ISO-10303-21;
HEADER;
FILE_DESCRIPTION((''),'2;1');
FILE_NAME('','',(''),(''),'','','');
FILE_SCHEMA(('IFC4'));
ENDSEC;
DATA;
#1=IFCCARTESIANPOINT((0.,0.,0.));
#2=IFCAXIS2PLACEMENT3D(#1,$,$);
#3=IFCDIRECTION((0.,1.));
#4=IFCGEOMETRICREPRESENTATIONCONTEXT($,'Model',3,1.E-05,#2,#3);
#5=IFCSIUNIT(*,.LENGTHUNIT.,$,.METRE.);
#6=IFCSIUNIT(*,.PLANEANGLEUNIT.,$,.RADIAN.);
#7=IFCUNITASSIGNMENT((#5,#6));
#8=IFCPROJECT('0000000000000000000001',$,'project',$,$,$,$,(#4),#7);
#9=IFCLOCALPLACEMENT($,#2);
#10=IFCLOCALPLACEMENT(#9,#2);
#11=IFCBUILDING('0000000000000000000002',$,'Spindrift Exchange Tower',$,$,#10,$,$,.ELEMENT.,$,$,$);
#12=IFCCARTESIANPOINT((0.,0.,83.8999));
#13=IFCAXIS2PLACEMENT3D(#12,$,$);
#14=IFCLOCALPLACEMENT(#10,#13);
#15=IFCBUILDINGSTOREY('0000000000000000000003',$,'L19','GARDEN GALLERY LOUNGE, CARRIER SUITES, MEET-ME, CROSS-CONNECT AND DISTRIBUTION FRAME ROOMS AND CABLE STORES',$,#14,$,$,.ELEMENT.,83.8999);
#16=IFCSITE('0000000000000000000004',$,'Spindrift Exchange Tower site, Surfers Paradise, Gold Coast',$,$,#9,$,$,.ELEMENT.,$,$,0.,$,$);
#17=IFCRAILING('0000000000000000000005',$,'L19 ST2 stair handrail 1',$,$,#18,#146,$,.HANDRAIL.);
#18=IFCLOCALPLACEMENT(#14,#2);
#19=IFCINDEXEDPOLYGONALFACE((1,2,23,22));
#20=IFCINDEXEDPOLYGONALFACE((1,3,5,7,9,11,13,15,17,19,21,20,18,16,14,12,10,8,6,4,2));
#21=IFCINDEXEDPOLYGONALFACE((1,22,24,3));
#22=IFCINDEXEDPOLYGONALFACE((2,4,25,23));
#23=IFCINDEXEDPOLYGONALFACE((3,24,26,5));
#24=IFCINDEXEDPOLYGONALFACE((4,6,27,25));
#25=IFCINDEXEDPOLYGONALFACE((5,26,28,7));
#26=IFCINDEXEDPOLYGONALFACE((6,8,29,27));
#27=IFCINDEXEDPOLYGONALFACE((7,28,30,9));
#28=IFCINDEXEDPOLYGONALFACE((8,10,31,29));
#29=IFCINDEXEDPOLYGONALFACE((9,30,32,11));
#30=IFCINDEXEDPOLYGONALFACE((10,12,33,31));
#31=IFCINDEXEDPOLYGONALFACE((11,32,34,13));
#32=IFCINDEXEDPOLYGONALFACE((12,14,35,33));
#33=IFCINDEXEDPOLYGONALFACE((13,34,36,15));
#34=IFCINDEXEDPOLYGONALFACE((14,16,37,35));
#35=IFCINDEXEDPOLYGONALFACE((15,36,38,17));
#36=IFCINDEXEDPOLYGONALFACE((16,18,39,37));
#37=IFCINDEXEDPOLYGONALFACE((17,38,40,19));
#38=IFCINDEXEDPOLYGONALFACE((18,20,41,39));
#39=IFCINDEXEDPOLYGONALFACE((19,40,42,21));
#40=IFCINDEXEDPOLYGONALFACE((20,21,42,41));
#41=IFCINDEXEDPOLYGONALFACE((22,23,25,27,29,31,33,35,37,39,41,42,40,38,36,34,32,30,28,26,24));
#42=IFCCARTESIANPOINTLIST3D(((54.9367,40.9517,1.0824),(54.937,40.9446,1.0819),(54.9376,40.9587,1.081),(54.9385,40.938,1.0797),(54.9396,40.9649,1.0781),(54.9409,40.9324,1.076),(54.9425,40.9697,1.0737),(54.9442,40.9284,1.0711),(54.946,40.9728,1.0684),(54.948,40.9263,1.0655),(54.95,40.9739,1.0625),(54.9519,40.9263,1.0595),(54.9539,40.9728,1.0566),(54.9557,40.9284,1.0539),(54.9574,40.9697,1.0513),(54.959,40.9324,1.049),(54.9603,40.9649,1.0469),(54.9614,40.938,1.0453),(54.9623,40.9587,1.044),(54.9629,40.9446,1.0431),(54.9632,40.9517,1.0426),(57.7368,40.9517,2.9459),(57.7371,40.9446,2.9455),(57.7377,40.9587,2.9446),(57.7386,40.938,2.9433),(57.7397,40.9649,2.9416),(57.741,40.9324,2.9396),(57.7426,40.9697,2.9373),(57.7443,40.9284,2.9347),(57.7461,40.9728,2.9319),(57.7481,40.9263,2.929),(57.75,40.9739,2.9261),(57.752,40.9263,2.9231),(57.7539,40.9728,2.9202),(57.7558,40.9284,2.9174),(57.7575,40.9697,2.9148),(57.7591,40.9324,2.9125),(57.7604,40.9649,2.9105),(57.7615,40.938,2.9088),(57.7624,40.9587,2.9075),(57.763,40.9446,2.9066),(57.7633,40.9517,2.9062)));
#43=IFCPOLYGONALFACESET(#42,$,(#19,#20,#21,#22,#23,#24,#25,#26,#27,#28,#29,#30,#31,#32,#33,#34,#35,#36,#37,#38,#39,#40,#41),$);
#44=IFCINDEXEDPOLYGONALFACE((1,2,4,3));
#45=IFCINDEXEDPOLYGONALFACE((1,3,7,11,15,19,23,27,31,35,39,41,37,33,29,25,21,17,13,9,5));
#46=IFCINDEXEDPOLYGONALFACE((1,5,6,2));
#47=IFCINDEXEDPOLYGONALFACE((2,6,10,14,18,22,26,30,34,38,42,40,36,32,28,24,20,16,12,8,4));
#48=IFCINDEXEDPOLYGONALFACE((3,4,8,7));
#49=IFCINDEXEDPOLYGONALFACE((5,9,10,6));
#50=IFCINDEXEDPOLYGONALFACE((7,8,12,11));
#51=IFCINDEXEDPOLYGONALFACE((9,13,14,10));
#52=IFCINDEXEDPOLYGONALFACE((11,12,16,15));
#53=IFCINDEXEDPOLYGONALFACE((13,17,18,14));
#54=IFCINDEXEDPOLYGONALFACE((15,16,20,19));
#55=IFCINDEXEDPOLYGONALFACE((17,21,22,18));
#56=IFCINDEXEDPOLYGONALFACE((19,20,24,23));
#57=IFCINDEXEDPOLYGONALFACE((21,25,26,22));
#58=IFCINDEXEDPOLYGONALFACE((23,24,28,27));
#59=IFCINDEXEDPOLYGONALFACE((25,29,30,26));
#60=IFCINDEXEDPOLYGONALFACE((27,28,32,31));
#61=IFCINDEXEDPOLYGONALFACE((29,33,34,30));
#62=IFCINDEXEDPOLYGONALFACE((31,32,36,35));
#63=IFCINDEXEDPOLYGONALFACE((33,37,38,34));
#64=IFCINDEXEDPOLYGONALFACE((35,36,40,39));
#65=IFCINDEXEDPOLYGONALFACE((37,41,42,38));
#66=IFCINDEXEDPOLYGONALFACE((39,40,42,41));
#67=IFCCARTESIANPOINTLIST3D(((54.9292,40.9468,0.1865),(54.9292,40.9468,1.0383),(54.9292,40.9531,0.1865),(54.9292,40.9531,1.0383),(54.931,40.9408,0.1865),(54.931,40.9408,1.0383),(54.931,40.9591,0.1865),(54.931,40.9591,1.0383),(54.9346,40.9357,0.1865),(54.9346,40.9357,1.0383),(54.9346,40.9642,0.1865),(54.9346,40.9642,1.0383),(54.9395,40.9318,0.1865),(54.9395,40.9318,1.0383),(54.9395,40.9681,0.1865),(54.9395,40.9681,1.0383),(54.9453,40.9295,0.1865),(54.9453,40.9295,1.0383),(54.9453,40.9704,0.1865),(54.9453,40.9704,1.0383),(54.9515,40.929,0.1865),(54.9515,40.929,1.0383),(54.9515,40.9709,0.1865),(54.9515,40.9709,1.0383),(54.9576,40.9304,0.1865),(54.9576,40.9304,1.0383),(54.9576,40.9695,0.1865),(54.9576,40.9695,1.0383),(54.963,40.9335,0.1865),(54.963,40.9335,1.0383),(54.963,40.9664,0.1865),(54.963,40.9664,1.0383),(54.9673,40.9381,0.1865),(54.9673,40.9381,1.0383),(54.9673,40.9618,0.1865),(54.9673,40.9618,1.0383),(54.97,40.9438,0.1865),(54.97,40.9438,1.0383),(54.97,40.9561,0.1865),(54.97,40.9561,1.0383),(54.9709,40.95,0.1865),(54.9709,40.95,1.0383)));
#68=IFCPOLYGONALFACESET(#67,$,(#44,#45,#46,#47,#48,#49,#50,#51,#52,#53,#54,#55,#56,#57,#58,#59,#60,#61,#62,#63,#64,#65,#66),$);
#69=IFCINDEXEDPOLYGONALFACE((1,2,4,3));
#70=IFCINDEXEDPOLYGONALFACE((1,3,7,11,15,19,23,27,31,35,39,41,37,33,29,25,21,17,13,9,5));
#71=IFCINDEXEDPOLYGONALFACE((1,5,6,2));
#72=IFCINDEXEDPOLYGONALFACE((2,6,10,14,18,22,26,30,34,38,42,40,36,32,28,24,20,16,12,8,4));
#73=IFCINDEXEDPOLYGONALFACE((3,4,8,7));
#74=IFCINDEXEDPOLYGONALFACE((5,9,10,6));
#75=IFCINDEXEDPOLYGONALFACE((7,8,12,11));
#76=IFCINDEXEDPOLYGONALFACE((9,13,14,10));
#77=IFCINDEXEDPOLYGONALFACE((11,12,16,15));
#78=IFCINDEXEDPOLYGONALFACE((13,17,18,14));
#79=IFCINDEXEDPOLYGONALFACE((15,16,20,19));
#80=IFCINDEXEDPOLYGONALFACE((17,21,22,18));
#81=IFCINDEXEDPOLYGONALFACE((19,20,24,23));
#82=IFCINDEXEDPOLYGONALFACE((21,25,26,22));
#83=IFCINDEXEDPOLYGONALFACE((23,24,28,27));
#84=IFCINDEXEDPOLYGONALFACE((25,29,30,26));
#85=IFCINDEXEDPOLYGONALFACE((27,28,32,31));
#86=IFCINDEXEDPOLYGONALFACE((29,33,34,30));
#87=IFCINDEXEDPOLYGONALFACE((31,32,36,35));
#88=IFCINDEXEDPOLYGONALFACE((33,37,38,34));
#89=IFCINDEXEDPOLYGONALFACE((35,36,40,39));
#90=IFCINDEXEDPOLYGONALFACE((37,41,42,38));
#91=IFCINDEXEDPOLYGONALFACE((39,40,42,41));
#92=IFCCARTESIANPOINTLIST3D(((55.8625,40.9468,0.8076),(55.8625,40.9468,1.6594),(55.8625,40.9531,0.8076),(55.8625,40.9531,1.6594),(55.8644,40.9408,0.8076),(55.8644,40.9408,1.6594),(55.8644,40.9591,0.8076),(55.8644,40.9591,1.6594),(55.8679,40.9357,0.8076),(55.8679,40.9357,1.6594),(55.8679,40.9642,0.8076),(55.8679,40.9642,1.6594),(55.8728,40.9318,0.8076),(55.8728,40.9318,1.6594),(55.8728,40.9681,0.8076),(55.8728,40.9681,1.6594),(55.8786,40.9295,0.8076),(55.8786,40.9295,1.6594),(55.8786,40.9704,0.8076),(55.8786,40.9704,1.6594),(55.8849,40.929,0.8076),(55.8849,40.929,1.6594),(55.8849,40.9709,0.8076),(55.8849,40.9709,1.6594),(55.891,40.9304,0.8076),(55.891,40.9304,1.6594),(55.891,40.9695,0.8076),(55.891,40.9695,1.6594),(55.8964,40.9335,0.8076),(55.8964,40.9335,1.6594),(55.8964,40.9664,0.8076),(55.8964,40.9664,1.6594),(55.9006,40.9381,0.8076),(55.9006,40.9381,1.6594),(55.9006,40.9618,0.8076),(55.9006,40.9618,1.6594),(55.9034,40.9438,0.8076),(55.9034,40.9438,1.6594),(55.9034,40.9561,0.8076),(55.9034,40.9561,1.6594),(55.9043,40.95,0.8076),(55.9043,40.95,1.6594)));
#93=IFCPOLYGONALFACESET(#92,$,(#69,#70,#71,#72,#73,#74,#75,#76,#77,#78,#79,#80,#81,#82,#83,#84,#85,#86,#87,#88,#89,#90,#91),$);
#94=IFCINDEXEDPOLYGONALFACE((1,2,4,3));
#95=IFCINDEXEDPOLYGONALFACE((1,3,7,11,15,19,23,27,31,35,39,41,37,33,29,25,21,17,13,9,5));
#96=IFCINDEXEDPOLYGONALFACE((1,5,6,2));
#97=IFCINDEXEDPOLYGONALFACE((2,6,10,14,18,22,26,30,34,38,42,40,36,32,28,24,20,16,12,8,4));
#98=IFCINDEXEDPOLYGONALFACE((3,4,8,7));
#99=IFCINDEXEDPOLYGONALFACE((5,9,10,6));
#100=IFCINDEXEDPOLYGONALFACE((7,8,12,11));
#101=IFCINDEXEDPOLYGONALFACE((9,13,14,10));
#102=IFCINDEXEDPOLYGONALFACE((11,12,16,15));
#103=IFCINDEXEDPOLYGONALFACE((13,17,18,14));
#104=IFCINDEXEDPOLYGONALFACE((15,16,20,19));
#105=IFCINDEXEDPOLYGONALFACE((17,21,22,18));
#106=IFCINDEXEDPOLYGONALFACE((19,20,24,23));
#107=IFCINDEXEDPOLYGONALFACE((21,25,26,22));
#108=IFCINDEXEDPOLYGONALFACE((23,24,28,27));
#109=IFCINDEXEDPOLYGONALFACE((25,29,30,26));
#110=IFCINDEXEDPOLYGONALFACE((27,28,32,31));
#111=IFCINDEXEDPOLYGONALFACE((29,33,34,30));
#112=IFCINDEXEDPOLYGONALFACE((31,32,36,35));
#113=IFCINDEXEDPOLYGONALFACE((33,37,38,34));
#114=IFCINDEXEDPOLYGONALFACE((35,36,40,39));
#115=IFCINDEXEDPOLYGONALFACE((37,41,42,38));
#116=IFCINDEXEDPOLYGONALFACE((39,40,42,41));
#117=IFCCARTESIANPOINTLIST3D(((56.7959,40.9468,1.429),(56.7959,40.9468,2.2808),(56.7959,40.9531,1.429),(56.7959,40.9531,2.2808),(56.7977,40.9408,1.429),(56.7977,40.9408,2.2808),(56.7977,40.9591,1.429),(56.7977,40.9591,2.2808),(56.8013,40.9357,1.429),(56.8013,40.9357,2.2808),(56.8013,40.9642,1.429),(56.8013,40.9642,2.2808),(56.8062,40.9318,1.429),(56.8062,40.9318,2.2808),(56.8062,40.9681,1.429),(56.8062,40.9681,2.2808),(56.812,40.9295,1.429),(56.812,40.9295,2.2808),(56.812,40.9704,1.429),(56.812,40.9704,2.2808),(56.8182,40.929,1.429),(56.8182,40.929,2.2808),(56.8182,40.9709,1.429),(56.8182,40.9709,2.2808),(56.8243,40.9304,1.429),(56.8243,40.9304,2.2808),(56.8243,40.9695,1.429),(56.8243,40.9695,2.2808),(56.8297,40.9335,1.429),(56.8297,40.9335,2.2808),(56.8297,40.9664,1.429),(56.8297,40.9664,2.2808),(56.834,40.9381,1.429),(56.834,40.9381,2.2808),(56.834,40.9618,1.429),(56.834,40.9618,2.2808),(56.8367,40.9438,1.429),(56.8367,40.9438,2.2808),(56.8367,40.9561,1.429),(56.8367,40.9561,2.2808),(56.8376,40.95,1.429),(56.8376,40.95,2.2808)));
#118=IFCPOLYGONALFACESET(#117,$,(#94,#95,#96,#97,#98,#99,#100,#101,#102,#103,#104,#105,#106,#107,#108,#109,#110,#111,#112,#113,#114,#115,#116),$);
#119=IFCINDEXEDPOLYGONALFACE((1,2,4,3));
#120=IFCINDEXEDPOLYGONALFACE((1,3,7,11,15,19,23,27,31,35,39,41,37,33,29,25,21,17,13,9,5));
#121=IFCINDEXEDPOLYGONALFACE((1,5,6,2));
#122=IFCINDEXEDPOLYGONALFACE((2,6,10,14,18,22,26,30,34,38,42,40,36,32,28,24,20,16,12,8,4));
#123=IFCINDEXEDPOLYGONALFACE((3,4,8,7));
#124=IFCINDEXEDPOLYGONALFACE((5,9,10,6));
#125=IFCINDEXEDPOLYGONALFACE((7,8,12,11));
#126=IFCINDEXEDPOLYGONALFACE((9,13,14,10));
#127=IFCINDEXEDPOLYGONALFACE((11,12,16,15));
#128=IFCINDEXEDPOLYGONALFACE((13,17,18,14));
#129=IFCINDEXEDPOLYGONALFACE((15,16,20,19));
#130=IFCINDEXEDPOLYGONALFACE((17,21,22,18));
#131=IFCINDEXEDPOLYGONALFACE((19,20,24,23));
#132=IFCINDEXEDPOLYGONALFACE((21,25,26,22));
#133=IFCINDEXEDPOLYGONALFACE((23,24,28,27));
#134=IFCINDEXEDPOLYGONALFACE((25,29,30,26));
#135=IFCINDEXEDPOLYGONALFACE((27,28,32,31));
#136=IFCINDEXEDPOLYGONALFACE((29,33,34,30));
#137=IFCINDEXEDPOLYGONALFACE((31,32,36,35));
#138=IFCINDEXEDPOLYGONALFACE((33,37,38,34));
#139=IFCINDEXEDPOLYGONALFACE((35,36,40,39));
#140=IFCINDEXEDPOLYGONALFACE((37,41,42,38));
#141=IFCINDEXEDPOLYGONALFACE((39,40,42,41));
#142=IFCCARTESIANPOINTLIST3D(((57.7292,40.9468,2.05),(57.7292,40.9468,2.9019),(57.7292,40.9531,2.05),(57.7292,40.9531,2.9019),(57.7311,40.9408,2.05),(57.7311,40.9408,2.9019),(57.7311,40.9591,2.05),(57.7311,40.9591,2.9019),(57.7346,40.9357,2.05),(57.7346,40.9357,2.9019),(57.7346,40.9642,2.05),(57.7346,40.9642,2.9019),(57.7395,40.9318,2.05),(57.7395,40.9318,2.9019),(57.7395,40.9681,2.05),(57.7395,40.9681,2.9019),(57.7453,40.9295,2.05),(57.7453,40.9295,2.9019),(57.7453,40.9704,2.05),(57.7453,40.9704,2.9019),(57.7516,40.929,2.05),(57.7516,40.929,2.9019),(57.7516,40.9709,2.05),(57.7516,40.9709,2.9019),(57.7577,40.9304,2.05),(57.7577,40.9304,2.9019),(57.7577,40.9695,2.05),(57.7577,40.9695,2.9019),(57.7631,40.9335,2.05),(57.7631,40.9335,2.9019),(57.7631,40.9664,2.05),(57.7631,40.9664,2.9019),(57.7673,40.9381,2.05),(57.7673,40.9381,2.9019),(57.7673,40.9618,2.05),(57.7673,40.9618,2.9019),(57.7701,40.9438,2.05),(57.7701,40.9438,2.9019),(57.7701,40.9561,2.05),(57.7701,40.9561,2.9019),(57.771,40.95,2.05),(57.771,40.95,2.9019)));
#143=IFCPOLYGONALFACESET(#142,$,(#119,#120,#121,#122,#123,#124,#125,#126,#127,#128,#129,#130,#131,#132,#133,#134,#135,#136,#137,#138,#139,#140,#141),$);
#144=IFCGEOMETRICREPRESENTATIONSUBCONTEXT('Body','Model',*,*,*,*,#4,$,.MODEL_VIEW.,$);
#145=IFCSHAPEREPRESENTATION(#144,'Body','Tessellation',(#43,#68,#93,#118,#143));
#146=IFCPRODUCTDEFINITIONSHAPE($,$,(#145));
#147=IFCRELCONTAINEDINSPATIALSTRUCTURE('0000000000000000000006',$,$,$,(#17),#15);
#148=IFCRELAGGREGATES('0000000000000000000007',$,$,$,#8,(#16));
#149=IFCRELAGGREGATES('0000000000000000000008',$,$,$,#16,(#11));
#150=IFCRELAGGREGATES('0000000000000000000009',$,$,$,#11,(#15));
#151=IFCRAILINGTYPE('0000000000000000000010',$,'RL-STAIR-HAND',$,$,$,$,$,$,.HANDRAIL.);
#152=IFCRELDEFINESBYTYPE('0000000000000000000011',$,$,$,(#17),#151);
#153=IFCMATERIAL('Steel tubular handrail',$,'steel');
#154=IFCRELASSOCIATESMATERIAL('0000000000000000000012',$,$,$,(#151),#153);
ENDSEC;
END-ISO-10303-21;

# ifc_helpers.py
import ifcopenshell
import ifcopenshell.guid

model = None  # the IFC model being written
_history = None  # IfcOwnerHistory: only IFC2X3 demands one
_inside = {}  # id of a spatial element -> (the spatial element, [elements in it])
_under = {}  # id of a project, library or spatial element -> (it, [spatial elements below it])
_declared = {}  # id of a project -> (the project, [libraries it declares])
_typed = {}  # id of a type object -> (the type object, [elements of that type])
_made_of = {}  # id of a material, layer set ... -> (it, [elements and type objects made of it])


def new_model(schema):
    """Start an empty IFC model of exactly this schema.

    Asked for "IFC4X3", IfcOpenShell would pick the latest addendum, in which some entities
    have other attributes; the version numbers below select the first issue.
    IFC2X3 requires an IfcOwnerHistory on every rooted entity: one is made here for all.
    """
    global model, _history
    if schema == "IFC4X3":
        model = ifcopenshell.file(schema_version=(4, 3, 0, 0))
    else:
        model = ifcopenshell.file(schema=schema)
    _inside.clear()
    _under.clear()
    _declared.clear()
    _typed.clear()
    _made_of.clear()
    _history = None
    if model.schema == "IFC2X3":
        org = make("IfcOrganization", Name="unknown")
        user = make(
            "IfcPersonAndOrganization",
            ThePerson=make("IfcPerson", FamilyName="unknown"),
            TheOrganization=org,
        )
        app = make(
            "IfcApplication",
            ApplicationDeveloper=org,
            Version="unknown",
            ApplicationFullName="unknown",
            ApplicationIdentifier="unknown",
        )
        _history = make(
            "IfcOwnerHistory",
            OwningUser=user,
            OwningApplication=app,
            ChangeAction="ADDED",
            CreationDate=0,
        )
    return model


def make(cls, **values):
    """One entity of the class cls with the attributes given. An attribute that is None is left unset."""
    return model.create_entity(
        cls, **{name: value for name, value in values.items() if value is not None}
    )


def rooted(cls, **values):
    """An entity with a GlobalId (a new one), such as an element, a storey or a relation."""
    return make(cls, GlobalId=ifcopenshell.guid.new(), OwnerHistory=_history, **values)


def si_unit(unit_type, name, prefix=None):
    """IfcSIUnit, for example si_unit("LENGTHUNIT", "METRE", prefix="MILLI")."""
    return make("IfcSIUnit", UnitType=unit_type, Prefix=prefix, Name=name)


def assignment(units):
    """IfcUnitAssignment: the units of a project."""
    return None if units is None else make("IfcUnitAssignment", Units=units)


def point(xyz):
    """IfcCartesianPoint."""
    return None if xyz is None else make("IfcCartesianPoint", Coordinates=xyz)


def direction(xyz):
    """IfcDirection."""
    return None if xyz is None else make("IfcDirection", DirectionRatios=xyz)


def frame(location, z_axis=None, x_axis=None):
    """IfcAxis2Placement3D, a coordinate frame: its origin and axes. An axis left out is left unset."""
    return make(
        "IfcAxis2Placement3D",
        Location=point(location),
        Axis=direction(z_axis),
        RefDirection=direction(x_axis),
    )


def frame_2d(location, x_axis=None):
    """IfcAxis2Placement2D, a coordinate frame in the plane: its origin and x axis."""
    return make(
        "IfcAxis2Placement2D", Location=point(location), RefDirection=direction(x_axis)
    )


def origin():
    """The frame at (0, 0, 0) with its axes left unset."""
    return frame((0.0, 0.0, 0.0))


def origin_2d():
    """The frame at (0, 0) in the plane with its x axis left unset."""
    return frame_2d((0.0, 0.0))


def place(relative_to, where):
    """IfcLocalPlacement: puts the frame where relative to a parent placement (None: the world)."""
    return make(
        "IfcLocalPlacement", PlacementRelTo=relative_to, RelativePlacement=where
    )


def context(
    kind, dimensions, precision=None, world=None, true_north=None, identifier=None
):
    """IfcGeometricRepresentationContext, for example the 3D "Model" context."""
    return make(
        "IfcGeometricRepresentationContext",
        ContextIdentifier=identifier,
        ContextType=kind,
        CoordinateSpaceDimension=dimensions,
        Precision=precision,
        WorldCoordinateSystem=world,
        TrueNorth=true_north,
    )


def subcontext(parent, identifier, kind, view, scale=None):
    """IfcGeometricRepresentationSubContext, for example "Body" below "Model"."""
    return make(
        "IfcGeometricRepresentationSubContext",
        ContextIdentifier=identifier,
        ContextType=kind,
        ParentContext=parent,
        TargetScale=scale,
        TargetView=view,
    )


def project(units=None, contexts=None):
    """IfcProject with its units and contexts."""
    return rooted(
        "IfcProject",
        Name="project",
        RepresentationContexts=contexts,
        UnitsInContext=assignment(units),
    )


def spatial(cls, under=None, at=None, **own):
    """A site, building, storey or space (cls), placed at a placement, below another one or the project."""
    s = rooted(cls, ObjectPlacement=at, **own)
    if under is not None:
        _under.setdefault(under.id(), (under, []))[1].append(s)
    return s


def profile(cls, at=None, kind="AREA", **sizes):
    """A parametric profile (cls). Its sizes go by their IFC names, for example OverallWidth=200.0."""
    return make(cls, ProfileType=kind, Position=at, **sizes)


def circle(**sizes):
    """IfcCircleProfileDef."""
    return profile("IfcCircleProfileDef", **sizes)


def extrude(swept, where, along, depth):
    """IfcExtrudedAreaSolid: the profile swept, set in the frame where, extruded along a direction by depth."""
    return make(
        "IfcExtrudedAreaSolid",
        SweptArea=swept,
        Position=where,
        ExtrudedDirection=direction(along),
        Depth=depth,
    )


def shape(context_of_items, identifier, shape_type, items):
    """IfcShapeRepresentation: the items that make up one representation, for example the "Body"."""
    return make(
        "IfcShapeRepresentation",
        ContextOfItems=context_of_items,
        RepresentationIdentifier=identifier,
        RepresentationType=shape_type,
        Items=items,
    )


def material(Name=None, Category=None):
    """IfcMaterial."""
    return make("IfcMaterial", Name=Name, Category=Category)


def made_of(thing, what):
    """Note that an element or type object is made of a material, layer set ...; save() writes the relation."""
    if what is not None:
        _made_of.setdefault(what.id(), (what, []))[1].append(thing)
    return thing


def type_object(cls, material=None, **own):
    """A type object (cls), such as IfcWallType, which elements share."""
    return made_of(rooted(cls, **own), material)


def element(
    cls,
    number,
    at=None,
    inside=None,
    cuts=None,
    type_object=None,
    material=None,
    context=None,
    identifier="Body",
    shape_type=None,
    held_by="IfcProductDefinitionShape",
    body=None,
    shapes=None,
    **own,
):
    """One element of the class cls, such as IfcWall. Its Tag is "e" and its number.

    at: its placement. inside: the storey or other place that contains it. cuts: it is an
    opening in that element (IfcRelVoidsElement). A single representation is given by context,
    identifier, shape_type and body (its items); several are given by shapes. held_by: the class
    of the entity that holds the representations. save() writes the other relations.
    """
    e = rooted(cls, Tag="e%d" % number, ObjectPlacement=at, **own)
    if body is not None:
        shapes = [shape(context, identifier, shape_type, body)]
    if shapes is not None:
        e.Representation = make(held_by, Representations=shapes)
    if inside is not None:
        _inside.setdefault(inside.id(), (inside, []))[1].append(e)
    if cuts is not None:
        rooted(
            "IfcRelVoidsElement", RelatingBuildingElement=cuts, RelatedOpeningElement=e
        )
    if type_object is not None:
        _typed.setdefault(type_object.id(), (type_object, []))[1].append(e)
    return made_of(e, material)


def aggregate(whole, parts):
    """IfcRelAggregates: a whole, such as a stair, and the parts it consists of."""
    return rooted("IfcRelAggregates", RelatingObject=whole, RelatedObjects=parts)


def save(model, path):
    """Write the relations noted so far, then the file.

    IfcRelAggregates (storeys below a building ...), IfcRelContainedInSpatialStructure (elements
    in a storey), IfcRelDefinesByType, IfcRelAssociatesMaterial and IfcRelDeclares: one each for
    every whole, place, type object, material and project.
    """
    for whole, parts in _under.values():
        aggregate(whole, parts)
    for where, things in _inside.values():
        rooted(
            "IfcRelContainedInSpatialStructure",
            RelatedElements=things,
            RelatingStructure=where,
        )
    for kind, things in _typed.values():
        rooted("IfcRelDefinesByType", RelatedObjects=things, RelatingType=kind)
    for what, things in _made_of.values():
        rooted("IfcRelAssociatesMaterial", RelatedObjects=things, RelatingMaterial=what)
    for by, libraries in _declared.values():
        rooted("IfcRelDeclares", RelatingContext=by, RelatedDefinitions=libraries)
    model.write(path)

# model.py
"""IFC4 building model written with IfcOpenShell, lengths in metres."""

from ifc_helpers import new_model, si_unit, direction, frame, origin, origin_2d, place, context, subcontext, project, spatial, circle, extrude, material, type_object, element, save


model = new_model("IFC4")

# Units and contexts
model_context = context("Model", 3, precision=1e-05, world=origin(), true_north=direction((0.0, 1.0)))
body_context = subcontext(model_context, "Body", "Model", "MODEL_VIEW")
ifc_project = project(units=[si_unit("LENGTHUNIT", "METRE"), si_unit("PLANEANGLEUNIT", "RADIAN")], contexts=[model_context])

# Site, building, storey
site_placement = place(None, origin())
site = spatial("IfcSite", under=ifc_project, at=site_placement, Name="Spindrift Exchange Tower site, Surfers Paradise, Gold Coast", CompositionType="ELEMENT", RefElevation=0.0)
building_placement = place(site_placement, origin())
building = spatial("IfcBuilding", under=site, at=building_placement, Name="Spindrift Exchange Tower", CompositionType="ELEMENT")
storey_placement = place(building_placement, frame((0.0, 0.0, 83.8999)))
storey = spatial("IfcBuildingStorey", under=building, at=storey_placement, Name="L19", Description="GARDEN GALLERY LOUNGE, CARRIER SUITES, MEET-ME, CROSS-CONNECT AND DISTRIBUTION FRAME ROOMS AND CABLE STORES", CompositionType="ELEMENT", Elevation=83.8999)

# Railing
ifc_material_1 = material(Name="Steel tubular handrail", Category="steel")
railing_type_1 = type_object("IfcRailingType", Name="RL-STAIR-HAND", PredefinedType="HANDRAIL", material=ifc_material_1)
railing_1_placement = place(storey_placement, frame((54.95, 40.95, 0.1865)))
element("IfcRailing", 1, at=railing_1_placement, inside=storey, type_object=railing_type_1, Name="L19 ST2 stair handrail 1", PredefinedType="HANDRAIL", context=body_context, shape_type="SweptSolid", body=[
    extrude(circle(Radius=0.0239, at=origin_2d()), frame((0.0, 0.0, 0.876), z_axis=(0.832486, 0.0, 0.554047), x_axis=(0.0, 1.0, 0.0)), (0.0, 0.0, 1.0), 3.3635),
    extrude(circle(Radius=0.021, at=origin_2d()), origin(), (0.0, 0.0, 1.0), 0.8518),
    extrude(circle(Radius=0.021, at=origin_2d()), frame((0.9333, 0.0, 0.6211)), (0.0, 0.0, 1.0), 0.8518),
    extrude(circle(Radius=0.021, at=origin_2d()), frame((1.8667, 0.0, 1.2424)), (0.0, 0.0, 1.0), 0.8518),
    extrude(circle(Radius=0.021, at=origin_2d()), frame((2.8, 0.0, 1.8635)), (0.0, 0.0, 1.0), 0.8518),
])

save(model, "model.ifc")
